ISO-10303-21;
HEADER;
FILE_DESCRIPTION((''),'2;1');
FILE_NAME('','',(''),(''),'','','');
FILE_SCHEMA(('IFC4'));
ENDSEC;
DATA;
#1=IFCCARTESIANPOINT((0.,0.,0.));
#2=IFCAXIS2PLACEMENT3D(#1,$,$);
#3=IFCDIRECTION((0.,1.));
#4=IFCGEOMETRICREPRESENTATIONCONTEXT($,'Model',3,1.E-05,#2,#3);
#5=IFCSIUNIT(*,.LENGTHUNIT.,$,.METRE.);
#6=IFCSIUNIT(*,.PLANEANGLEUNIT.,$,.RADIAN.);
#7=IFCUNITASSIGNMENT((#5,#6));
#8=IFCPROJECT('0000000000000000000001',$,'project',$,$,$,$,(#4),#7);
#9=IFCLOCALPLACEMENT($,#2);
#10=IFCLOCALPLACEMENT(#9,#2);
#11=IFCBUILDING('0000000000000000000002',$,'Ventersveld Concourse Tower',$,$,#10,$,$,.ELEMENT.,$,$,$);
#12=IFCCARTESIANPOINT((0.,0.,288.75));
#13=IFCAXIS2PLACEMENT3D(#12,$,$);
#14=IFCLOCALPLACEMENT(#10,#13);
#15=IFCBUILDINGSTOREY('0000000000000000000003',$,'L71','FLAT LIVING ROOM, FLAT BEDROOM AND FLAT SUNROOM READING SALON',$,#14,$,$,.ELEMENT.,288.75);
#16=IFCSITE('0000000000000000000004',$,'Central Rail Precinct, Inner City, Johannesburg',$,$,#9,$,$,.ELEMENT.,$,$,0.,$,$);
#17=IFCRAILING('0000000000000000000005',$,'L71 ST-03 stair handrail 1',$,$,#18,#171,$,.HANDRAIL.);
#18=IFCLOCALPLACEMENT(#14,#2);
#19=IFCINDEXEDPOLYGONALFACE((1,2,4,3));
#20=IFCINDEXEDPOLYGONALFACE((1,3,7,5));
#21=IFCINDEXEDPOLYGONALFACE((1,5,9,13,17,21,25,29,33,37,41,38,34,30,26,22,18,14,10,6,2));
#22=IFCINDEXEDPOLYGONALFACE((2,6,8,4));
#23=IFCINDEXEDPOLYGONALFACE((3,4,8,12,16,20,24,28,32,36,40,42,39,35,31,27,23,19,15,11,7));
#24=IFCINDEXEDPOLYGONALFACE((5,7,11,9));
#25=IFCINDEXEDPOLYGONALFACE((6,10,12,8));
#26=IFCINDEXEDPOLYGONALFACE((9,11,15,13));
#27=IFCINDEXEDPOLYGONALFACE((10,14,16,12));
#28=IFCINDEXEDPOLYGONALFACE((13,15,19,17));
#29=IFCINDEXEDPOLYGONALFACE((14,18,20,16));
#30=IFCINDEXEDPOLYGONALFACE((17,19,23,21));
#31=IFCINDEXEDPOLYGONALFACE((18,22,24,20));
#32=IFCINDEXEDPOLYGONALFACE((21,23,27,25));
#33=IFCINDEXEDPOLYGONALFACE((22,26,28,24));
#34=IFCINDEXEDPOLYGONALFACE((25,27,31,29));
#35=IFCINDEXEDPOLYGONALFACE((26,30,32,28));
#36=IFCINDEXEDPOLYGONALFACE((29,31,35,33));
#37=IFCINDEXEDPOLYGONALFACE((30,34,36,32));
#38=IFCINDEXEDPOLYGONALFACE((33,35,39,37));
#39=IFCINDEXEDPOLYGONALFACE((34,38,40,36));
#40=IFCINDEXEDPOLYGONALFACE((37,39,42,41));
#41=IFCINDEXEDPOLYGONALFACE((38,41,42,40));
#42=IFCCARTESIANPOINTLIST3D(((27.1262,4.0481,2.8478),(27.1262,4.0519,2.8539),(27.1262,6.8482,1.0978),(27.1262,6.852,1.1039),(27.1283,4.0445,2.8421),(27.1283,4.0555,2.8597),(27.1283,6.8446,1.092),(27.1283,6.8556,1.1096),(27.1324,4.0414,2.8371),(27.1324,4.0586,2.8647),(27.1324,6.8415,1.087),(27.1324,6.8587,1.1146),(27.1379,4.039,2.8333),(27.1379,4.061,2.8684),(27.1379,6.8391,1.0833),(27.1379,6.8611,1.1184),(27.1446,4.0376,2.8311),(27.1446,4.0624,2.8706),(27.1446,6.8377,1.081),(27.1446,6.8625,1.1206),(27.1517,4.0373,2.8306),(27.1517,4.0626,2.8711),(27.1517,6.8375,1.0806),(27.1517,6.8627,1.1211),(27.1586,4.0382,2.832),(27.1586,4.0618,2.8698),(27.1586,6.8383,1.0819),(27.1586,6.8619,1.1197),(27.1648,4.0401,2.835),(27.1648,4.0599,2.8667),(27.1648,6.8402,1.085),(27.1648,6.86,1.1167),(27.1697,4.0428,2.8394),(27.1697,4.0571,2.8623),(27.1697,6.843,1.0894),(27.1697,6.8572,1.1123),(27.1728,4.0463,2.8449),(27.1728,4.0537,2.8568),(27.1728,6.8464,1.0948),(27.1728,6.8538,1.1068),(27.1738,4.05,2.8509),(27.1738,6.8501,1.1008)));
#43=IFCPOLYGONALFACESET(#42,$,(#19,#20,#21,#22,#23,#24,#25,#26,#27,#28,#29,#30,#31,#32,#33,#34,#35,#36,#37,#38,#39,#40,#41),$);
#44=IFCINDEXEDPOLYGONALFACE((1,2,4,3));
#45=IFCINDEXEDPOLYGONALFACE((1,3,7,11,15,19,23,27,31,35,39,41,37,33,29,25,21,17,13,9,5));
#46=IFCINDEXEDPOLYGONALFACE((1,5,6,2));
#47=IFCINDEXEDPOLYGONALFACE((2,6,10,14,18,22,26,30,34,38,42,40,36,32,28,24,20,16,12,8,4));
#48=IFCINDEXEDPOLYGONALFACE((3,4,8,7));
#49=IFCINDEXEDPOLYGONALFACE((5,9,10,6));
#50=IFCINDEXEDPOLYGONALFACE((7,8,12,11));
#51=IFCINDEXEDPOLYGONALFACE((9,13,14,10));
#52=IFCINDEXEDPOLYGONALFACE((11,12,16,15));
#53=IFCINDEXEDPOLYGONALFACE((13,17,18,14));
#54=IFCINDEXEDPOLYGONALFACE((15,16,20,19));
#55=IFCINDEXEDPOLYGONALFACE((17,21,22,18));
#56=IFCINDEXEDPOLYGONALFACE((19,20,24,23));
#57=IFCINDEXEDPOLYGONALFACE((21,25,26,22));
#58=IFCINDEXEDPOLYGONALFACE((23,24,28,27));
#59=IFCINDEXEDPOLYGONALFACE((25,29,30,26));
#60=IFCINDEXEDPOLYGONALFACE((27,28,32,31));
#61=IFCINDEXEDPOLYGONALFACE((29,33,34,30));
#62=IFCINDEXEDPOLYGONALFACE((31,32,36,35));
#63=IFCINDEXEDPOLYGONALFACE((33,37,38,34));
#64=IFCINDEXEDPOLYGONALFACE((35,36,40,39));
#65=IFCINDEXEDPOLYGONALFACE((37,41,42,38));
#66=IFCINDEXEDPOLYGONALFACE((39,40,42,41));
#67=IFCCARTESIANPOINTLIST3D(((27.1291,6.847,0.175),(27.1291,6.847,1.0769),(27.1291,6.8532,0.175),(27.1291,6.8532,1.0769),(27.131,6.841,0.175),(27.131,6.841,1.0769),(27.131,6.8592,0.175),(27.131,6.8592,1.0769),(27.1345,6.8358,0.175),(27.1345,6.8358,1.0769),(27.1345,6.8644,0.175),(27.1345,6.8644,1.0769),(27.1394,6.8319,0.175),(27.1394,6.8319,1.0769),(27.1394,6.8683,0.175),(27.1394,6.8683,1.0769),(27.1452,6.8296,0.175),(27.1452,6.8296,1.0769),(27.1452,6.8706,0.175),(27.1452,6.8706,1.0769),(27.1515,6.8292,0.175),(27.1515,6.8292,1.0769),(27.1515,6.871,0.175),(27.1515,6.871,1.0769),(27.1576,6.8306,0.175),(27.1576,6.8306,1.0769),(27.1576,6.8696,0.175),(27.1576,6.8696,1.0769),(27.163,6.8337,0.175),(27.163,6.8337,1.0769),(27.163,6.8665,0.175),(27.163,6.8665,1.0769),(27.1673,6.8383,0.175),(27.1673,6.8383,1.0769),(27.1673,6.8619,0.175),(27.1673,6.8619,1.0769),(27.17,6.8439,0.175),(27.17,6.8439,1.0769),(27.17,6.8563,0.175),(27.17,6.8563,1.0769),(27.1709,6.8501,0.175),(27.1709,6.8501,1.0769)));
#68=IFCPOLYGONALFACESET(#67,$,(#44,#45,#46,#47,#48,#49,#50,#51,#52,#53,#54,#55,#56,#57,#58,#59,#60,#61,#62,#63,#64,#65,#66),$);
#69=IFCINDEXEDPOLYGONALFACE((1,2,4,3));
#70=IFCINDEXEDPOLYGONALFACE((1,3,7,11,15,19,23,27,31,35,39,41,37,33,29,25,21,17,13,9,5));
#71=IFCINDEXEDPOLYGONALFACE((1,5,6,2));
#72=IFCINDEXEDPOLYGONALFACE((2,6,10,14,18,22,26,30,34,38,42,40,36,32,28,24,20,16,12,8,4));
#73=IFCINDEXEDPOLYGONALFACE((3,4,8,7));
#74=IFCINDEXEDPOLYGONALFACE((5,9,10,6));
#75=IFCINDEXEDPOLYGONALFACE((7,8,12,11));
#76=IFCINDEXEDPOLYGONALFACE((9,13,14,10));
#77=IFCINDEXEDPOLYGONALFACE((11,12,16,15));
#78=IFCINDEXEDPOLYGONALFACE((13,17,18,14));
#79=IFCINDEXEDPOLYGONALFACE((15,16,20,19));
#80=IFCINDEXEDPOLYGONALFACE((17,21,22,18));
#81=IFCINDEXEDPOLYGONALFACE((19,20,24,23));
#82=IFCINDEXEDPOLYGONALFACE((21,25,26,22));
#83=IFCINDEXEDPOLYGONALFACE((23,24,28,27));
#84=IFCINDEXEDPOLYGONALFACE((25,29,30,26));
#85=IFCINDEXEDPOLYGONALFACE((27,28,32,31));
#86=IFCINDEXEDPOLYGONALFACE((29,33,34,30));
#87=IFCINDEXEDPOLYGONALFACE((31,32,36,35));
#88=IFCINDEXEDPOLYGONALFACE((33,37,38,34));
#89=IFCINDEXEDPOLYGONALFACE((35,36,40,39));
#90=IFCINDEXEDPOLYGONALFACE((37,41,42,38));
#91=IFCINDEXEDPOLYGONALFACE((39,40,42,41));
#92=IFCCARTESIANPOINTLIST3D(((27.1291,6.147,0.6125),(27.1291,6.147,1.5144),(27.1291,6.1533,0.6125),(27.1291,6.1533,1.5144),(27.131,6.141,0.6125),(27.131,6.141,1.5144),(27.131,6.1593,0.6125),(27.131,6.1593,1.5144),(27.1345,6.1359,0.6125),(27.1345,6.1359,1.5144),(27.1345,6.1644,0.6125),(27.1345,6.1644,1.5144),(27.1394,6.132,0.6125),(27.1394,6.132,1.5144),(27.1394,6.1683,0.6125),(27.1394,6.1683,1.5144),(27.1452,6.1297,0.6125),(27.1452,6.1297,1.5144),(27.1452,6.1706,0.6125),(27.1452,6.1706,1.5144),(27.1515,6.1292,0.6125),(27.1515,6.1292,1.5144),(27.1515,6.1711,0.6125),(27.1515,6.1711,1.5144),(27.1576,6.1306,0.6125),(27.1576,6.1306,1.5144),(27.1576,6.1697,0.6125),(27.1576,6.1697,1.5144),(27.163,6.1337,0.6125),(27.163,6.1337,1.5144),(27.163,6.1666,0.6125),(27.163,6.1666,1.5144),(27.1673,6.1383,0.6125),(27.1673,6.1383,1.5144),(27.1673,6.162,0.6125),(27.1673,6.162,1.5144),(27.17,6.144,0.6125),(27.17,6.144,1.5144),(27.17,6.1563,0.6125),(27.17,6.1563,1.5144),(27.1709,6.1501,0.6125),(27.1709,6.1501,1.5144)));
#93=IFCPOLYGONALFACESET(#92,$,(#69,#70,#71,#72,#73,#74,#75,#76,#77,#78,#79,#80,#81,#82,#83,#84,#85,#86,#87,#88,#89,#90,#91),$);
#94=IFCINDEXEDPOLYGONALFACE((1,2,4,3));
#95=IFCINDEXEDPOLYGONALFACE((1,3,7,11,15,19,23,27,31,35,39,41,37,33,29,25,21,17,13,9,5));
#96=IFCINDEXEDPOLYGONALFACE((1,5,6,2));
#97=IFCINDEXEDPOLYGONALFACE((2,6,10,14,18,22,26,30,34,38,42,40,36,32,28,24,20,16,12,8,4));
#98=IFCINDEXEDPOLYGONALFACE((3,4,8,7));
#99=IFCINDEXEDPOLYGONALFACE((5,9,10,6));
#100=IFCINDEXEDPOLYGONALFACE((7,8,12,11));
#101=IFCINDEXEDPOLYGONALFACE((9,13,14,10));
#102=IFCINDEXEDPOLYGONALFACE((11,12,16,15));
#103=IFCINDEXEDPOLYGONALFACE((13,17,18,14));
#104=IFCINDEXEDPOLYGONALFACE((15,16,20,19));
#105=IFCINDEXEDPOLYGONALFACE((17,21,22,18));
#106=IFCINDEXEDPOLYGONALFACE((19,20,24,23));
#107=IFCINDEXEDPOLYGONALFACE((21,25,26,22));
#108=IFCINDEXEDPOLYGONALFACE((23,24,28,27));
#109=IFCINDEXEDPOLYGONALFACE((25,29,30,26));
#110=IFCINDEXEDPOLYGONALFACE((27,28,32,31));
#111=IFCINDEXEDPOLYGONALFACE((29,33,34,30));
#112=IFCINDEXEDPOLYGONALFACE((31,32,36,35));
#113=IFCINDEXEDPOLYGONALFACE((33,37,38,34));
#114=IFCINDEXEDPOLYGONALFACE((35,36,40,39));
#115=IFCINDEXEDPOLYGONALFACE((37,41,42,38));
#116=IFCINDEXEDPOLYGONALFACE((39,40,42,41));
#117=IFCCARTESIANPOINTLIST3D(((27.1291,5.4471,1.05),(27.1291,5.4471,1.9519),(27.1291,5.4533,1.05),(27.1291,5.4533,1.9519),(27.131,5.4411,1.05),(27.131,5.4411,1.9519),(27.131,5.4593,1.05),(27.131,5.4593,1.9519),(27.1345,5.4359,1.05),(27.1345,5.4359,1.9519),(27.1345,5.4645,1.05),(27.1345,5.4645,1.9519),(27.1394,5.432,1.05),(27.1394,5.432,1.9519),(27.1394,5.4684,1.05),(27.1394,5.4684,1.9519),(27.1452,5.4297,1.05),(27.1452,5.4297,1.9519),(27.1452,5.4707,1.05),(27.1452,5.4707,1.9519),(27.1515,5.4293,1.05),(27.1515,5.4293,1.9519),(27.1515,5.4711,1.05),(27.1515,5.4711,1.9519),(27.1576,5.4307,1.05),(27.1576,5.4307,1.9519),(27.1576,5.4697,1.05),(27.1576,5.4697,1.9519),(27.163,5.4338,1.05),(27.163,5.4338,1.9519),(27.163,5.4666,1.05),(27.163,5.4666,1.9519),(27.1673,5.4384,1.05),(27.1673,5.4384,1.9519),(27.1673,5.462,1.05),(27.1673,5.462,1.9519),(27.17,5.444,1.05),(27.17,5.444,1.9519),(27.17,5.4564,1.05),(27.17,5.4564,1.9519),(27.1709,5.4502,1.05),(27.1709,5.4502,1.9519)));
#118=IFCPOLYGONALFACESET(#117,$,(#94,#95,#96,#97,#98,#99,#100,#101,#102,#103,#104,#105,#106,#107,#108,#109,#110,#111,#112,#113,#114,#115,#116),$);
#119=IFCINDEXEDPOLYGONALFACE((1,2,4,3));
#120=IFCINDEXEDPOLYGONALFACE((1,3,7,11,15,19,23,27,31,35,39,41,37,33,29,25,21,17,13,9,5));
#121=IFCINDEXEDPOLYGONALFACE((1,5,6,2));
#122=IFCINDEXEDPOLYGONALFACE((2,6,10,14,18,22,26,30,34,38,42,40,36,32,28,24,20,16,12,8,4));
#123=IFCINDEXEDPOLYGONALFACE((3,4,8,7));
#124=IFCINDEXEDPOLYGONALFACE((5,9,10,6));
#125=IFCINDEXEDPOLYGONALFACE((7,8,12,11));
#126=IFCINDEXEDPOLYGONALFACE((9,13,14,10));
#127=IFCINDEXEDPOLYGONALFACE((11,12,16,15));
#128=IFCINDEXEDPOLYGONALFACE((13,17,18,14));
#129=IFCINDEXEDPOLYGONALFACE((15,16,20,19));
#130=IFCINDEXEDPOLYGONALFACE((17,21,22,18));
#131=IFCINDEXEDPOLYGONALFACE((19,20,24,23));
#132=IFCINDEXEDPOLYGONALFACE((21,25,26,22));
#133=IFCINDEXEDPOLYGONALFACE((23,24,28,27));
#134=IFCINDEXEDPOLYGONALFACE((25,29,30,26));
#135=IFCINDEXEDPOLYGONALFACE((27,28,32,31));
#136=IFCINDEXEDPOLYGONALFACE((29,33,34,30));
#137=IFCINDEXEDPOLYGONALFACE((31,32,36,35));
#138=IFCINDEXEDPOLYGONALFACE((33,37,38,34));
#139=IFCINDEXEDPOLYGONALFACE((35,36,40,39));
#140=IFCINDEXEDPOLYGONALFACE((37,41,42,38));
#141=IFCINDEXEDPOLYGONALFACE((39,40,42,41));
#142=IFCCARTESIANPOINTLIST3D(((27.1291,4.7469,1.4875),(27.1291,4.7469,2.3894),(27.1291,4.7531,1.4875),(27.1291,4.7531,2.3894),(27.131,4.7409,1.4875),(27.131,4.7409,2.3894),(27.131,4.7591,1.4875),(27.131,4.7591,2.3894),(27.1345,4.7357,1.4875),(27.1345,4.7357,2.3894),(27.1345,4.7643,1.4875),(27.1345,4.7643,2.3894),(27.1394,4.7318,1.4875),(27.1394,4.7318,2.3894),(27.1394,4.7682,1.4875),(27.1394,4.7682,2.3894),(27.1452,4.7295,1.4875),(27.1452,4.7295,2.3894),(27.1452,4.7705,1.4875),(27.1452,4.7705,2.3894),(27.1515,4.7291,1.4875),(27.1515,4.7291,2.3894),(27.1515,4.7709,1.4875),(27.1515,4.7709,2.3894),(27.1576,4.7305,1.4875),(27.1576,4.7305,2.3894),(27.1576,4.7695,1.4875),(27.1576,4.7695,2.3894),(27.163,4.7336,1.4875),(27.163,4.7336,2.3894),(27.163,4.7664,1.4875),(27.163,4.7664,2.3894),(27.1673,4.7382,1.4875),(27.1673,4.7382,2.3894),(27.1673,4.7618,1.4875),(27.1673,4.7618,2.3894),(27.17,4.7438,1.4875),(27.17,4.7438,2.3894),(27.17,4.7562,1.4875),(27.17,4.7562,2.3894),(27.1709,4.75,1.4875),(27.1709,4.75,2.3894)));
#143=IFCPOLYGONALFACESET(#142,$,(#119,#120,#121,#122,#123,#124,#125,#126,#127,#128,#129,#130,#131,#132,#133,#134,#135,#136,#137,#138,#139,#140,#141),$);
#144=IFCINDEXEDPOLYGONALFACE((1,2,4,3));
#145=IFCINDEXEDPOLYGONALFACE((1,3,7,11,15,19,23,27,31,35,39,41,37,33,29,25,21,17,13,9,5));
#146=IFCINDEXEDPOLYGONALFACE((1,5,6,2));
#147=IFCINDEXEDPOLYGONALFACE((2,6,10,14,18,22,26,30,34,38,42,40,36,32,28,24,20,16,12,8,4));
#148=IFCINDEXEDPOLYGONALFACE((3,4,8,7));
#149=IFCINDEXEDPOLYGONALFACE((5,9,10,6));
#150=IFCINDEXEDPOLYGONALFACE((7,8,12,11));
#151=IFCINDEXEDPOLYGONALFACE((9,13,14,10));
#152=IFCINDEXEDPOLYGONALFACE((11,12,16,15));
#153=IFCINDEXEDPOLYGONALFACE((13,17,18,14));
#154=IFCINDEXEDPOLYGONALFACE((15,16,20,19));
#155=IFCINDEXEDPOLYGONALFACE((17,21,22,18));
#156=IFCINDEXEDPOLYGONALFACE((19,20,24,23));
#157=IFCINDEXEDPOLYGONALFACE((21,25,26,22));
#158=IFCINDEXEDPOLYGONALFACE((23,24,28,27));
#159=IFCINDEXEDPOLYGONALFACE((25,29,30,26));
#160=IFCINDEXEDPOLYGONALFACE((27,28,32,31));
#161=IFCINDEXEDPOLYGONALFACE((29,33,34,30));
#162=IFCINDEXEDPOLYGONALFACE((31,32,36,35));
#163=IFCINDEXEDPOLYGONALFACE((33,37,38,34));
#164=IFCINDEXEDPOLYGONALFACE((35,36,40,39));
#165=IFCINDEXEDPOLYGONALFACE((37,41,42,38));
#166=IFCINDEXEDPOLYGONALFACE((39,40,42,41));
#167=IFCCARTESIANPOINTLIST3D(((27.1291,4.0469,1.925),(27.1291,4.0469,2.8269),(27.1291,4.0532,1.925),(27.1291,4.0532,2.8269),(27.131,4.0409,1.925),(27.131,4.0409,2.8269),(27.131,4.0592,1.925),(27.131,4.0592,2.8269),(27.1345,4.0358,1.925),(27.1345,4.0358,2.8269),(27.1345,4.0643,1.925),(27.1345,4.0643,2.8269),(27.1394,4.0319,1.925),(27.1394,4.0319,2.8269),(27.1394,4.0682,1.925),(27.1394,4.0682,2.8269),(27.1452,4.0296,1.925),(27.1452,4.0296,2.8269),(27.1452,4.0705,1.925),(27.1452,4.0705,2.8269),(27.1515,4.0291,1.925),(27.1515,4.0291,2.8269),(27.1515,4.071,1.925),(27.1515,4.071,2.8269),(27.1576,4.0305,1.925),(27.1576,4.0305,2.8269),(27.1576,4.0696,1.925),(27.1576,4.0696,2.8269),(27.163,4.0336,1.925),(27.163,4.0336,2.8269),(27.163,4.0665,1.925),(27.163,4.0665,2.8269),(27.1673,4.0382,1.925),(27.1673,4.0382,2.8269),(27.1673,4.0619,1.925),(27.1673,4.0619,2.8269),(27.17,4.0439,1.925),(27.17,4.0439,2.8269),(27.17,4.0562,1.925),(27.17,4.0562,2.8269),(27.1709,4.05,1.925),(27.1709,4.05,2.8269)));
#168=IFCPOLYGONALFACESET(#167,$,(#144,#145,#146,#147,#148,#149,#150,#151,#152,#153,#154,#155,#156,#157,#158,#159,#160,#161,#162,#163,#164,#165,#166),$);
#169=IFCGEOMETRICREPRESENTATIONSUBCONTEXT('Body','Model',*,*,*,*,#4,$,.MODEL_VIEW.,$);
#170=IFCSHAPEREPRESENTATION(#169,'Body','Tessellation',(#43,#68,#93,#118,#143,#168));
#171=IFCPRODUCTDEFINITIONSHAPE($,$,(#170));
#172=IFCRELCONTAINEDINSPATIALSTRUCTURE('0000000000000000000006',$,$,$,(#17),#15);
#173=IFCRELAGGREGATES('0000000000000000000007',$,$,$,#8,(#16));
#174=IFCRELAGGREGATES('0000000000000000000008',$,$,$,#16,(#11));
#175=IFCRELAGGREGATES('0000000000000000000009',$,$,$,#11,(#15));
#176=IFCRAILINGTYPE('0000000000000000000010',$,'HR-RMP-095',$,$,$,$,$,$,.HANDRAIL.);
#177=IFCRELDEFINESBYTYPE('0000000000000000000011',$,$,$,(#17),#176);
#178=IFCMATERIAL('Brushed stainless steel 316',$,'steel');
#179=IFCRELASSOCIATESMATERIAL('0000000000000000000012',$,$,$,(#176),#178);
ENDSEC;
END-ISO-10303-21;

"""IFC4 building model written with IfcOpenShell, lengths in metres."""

from ifc_helpers import new_model, si_unit, direction, frame, origin, origin_2d, place, context, subcontext, project, spatial, circle, extrude, material, type_object, element, save


model = new_model("IFC4")

# Units and contexts
model_context = context("Model", 3, precision=1e-05, world=origin(), true_north=direction((0.0, 1.0)))
body_context = subcontext(model_context, "Body", "Model", "MODEL_VIEW")
ifc_project = project(units=[si_unit("LENGTHUNIT", "METRE"), si_unit("PLANEANGLEUNIT", "RADIAN")], contexts=[model_context])

# Site, building, storey
site_placement = place(None, origin())
site = spatial("IfcSite", under=ifc_project, at=site_placement, Name="Central Rail Precinct, Inner City, Johannesburg", CompositionType="ELEMENT", RefElevation=0.0)
building_placement = place(site_placement, origin())
building = spatial("IfcBuilding", under=site, at=building_placement, Name="Ventersveld Concourse Tower", CompositionType="ELEMENT")
storey_placement = place(building_placement, frame((0.0, 0.0, 288.75)))
storey = spatial("IfcBuildingStorey", under=building, at=storey_placement, Name="L71", Description="FLAT LIVING ROOM, FLAT BEDROOM AND FLAT SUNROOM READING SALON", CompositionType="ELEMENT", Elevation=288.75)

# Railing
ifc_material_1 = material(Name="Brushed stainless steel 316", Category="steel")
railing_type_1 = type_object("IfcRailingType", Name="HR-RMP-095", PredefinedType="HANDRAIL", material=ifc_material_1)
railing_1_placement = place(storey_placement, frame((27.1499, 6.8501, 0.175)))
element("IfcRailing", 1, at=railing_1_placement, inside=storey, type_object=railing_type_1, Name="L71 ST-03 stair handrail 1", PredefinedType="HANDRAIL", context=body_context, shape_type="SweptSolid", body=[
    extrude(circle(Radius=0.0239, at=origin_2d()), frame((0.0, 0.0, 0.9258), z_axis=(0.0, -0.848002, 0.529992), x_axis=(1.0, 0.0, 0.0)), (0.0, 0.0, 1.0), 3.302),
    extrude(circle(Radius=0.021, at=origin_2d()), origin(), (0.0, 0.0, 1.0), 0.9019),
    extrude(circle(Radius=0.021, at=origin_2d()), frame((0.0, -0.7, 0.4375)), (0.0, 0.0, 1.0), 0.9019),
    extrude(circle(Radius=0.021, at=origin_2d()), frame((0.0, -1.3999, 0.875)), (0.0, 0.0, 1.0), 0.9019),
    extrude(circle(Radius=0.021, at=origin_2d()), frame((0.0, -2.1001, 1.3125)), (0.0, 0.0, 1.0), 0.9019),
    extrude(circle(Radius=0.021, at=origin_2d()), frame((0.0, -2.8, 1.75)), (0.0, 0.0, 1.0), 0.9019),
])

save(model, "model.ifc")
